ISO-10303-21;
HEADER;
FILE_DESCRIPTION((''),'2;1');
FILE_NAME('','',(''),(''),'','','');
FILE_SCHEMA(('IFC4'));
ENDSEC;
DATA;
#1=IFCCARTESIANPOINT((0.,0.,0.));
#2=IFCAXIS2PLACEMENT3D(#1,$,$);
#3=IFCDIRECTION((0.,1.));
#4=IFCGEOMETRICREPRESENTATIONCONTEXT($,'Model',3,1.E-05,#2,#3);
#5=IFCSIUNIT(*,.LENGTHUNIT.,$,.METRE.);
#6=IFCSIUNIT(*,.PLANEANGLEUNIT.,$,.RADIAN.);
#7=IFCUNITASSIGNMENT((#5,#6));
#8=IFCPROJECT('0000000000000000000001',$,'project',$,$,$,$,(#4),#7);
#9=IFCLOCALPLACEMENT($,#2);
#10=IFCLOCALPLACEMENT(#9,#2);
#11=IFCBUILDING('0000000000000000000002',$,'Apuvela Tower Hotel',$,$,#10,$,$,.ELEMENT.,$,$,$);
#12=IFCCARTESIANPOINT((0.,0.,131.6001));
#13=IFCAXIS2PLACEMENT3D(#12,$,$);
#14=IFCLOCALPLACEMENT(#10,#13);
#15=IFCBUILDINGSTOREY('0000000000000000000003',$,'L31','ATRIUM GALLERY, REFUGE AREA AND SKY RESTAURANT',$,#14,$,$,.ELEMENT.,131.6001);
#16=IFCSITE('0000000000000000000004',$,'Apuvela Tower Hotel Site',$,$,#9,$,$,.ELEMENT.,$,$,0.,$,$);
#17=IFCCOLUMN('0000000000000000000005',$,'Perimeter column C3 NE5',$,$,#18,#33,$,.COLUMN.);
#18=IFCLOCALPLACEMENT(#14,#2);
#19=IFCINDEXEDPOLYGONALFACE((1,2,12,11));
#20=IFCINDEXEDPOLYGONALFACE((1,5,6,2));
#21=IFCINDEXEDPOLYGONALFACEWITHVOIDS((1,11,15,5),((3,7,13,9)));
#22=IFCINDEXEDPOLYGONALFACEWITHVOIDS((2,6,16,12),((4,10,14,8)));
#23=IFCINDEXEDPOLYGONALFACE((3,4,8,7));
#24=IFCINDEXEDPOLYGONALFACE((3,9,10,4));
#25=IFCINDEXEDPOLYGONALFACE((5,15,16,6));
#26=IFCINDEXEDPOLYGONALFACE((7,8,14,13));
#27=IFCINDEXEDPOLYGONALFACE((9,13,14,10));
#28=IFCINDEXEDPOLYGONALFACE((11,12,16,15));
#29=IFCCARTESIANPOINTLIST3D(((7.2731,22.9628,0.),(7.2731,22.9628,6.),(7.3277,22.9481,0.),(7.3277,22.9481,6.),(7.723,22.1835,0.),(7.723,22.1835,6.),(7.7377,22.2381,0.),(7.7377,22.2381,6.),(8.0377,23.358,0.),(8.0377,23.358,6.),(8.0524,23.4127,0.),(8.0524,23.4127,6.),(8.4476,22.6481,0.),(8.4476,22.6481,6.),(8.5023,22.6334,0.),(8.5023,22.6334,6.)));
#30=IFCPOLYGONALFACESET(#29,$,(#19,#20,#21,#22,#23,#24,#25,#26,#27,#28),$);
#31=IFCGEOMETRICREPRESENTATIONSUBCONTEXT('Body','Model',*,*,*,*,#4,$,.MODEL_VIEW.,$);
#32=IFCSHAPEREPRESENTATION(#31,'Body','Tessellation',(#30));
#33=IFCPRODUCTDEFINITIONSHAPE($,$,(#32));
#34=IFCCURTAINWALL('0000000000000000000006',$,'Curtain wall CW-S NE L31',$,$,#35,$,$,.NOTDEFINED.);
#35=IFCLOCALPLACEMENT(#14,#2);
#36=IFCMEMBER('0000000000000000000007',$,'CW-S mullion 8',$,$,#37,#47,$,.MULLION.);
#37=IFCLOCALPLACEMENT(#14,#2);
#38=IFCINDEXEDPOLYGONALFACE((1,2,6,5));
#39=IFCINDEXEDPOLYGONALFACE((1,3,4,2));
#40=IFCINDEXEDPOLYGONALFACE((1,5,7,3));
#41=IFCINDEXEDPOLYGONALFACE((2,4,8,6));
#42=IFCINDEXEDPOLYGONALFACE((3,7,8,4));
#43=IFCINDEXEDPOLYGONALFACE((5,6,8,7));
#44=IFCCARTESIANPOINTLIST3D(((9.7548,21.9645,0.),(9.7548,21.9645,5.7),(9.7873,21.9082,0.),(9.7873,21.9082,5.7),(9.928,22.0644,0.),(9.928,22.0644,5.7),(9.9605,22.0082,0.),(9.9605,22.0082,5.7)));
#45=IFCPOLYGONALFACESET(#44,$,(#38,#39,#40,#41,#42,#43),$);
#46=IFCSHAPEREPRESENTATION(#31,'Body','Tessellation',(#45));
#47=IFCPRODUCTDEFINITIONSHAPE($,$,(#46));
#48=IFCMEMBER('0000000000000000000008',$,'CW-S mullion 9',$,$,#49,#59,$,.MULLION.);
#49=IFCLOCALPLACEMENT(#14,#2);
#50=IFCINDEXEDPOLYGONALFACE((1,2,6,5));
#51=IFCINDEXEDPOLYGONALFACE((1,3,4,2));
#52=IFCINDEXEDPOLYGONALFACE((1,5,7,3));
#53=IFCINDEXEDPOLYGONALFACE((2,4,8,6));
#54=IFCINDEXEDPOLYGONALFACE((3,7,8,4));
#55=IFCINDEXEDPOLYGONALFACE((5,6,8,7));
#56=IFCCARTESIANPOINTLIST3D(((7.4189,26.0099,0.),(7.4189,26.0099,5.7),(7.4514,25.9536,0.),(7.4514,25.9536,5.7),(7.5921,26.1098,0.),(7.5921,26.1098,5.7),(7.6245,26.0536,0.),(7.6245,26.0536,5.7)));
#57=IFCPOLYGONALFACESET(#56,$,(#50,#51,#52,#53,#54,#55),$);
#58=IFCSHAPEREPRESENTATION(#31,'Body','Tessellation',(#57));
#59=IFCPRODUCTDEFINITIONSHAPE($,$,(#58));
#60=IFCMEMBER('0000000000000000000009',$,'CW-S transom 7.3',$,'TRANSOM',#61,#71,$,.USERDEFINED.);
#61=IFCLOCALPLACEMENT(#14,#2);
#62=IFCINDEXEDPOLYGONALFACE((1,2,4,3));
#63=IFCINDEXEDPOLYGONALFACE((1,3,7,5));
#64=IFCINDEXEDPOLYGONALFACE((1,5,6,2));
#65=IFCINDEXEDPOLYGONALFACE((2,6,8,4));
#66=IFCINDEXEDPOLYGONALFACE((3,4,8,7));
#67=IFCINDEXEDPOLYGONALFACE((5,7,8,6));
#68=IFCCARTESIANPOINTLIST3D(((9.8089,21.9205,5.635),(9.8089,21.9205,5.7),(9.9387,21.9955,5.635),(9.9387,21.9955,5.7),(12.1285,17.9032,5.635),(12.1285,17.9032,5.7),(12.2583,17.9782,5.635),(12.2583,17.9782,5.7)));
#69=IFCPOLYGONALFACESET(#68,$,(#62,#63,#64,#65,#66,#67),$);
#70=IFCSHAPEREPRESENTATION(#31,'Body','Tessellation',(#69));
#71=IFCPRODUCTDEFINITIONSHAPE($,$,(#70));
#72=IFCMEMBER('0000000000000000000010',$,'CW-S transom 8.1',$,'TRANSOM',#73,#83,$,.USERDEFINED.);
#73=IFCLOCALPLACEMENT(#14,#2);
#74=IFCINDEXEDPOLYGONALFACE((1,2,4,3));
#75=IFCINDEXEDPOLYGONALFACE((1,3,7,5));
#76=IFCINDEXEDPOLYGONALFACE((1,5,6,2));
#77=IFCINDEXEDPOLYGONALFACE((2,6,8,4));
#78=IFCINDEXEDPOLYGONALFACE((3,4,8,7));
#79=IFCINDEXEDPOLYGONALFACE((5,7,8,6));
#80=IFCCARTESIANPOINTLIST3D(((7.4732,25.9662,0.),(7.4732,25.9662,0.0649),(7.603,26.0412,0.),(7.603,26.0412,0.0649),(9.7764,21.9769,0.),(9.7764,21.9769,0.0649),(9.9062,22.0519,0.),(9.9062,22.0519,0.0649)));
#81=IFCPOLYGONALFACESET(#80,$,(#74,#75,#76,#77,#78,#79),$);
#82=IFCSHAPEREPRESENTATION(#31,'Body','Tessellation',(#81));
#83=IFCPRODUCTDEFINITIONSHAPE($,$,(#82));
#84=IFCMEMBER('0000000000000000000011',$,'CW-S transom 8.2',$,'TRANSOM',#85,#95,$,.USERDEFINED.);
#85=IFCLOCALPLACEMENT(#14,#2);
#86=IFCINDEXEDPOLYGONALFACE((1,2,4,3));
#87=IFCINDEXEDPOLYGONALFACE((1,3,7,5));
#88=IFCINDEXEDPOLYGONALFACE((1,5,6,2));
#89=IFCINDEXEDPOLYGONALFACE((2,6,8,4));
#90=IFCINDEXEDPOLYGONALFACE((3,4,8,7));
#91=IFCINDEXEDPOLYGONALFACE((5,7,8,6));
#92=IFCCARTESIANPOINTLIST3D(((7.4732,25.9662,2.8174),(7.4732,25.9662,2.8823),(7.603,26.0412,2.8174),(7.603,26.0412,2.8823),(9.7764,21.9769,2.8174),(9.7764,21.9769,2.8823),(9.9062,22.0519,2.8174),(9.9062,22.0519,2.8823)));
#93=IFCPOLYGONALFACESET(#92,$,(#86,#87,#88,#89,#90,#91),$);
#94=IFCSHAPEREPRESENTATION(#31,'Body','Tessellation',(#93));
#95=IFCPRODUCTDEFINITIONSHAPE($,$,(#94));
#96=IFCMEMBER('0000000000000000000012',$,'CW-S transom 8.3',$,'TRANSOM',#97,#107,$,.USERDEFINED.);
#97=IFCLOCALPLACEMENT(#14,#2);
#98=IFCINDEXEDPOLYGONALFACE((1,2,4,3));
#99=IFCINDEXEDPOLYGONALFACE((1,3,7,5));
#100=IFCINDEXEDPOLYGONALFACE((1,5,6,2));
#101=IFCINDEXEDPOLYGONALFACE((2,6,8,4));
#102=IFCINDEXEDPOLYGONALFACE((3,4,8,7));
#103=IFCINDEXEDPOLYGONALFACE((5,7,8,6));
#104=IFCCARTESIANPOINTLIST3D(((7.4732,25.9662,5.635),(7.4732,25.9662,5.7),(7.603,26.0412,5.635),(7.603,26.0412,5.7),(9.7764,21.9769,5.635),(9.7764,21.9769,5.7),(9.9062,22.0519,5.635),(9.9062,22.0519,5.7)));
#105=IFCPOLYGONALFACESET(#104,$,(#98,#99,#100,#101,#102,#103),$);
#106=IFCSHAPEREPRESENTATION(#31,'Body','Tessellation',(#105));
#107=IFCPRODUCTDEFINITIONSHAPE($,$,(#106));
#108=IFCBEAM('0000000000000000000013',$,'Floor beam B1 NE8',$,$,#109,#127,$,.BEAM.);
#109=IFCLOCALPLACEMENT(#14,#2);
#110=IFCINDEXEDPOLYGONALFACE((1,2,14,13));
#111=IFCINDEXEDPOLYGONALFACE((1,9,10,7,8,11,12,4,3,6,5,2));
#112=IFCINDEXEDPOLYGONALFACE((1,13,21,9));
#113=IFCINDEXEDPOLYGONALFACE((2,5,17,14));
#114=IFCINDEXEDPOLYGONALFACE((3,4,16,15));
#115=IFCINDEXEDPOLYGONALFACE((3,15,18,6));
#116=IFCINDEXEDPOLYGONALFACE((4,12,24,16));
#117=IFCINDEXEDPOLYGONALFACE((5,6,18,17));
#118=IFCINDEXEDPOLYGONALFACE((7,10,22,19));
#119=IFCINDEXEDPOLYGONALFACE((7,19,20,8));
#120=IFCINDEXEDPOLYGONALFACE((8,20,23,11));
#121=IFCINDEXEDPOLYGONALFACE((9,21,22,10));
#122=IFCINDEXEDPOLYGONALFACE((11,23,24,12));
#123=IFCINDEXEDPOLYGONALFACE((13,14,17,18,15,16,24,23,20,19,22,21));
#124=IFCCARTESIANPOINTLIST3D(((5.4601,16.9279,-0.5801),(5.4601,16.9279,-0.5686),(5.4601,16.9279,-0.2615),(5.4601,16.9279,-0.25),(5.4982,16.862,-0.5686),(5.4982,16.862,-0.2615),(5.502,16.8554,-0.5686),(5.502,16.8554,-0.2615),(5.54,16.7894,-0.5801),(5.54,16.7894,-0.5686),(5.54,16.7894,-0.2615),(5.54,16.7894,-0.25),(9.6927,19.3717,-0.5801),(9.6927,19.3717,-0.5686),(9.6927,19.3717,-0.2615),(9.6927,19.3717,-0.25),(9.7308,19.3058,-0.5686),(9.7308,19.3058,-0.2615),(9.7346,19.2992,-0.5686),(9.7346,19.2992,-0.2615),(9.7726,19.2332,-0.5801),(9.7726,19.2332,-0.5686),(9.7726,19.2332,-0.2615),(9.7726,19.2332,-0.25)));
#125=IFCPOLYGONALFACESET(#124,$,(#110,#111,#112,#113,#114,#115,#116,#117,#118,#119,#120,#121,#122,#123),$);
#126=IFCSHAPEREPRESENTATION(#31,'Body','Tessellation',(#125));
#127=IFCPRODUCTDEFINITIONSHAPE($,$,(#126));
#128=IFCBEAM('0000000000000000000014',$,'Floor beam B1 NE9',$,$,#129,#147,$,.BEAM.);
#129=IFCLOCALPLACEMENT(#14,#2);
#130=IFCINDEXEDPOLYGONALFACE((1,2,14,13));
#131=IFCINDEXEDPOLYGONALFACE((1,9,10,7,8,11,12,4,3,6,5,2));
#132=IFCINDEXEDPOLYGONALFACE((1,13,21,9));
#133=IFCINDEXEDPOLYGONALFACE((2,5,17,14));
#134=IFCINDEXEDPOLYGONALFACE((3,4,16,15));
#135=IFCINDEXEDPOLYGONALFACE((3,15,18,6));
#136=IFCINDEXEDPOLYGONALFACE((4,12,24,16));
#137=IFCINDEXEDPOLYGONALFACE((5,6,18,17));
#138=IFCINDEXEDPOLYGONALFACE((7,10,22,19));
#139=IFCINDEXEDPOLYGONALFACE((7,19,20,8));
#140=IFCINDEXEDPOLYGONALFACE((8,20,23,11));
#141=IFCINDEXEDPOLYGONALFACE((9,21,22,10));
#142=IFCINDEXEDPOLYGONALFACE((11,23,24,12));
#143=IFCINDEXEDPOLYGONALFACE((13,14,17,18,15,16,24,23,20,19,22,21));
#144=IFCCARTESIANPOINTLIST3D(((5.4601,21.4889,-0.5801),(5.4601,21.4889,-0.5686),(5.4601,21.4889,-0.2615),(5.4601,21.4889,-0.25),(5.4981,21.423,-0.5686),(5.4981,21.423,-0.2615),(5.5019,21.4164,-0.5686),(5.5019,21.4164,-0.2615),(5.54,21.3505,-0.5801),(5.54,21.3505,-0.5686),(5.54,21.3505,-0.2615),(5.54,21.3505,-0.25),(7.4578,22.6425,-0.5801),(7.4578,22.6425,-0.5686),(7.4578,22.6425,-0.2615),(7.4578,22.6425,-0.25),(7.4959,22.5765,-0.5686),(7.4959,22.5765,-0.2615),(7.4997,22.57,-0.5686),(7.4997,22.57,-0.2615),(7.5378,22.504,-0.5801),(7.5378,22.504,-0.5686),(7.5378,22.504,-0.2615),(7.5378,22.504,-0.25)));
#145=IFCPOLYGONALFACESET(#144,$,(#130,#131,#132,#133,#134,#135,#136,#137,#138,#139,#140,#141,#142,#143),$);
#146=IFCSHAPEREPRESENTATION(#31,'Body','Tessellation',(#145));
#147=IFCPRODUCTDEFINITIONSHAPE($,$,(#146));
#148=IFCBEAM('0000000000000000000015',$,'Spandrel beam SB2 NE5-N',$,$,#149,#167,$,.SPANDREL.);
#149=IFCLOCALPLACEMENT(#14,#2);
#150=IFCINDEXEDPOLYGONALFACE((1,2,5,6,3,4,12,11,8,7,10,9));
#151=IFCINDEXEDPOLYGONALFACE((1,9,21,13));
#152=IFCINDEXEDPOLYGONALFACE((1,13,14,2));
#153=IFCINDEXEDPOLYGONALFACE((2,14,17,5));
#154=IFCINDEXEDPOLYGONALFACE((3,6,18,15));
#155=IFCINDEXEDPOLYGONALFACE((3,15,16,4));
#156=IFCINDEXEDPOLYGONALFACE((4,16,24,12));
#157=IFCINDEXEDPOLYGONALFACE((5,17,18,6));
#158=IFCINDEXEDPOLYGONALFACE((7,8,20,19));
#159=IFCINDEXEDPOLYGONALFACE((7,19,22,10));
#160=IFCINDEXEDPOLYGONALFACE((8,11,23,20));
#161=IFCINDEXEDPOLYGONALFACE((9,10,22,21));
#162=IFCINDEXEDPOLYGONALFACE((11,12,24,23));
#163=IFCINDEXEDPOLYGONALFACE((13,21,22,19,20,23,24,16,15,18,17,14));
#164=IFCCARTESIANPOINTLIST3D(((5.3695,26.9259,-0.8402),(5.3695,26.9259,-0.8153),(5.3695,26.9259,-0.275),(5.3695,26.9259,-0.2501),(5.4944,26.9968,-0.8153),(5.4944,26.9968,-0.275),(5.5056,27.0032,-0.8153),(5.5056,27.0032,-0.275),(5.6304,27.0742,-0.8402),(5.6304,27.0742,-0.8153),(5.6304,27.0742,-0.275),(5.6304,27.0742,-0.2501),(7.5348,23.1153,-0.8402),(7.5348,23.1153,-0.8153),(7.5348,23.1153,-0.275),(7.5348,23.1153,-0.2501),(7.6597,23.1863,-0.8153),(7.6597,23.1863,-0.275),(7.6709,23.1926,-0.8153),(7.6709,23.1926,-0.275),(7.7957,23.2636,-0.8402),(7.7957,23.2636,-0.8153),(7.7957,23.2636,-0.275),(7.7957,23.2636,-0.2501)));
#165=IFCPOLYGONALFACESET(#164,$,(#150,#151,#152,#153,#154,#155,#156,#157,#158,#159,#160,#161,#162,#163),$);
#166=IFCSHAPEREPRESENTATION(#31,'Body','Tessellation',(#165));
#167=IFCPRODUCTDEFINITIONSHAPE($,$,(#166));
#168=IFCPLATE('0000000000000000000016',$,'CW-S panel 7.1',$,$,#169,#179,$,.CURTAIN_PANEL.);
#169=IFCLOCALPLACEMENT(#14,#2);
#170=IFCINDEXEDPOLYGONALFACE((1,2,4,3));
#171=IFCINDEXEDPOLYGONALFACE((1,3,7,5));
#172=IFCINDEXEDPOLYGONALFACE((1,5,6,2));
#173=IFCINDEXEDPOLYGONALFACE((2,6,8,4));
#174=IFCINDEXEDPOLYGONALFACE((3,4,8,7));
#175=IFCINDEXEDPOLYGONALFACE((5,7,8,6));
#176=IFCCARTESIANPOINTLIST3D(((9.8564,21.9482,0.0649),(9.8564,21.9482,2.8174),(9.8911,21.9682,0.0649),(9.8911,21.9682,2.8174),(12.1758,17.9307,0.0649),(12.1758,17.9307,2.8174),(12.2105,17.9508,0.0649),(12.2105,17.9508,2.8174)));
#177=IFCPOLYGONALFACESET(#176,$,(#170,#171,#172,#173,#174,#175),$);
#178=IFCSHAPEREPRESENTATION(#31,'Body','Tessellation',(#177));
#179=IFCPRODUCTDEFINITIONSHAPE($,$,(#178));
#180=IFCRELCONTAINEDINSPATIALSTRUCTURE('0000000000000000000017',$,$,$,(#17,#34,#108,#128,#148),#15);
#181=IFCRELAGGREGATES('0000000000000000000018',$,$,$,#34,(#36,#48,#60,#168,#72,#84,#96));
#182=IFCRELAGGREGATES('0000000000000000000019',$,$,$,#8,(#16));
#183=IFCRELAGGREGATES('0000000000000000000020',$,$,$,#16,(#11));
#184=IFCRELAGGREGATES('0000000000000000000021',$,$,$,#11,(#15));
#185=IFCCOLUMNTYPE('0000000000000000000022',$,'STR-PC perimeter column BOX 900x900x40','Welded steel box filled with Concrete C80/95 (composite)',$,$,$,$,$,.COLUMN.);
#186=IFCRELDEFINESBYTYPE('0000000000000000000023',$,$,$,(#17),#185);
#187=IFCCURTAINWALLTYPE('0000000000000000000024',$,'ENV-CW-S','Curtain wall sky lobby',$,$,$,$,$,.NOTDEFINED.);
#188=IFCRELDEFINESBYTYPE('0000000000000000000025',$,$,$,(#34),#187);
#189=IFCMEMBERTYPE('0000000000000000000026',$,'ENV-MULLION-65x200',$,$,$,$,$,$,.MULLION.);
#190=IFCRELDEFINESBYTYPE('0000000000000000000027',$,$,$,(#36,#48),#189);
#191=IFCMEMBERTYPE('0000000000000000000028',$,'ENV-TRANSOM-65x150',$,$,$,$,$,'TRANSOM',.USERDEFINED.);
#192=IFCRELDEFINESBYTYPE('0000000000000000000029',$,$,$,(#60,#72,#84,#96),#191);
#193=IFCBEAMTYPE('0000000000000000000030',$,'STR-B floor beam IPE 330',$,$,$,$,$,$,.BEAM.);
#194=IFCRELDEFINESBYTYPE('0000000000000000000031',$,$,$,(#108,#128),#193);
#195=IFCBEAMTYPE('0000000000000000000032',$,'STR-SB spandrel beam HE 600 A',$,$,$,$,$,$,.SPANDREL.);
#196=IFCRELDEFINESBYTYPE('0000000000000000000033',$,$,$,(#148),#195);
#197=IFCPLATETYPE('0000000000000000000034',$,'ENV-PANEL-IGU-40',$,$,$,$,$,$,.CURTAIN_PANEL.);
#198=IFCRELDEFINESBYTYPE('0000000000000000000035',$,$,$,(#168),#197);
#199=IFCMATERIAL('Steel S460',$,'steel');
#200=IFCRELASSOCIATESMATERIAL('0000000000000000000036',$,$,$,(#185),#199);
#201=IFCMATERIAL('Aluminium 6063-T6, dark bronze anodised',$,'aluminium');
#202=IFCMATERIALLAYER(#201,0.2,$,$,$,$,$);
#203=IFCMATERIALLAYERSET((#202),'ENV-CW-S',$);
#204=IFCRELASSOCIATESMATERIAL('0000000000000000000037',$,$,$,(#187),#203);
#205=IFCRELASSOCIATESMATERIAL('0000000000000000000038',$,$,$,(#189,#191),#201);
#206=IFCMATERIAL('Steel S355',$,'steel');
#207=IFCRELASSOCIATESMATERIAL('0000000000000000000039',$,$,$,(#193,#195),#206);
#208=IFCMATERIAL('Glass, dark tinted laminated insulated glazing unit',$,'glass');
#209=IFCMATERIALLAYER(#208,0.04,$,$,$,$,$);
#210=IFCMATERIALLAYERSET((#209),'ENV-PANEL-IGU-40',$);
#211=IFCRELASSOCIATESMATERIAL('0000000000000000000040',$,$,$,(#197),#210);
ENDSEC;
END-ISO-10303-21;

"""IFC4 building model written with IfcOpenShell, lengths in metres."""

from ifc_helpers import new_model, si_unit, direction, frame, origin, origin_2d, place, context, subcontext, project, spatial, rectangle, hollow_rectangle, i_section, extrude, material, layer, layer_set, material_profile, profile_set, type_object, element, aggregate, save


model = new_model("IFC4")

# Units and contexts
model_context = context("Model", 3, precision=1e-05, world=origin(), true_north=direction((0.0, 1.0)))
body_context = subcontext(model_context, "Body", "Model", "MODEL_VIEW")
ifc_project = project(units=[si_unit("LENGTHUNIT", "METRE"), si_unit("PLANEANGLEUNIT", "RADIAN")], contexts=[model_context])

# Site, building, storey
site_placement = place(None, origin())
site = spatial("IfcSite", under=ifc_project, at=site_placement, Name="Apuvela Tower Hotel Site", CompositionType="ELEMENT", RefElevation=0.0)
building_placement = place(site_placement, origin())
building = spatial("IfcBuilding", under=site, at=building_placement, Name="Apuvela Tower Hotel", CompositionType="ELEMENT")
storey_placement = place(building_placement, frame((0.0, 0.0, 131.6001)))
storey = spatial("IfcBuildingStorey", under=building, at=storey_placement, Name="L31", Description="ATRIUM GALLERY, REFUGE AREA AND SKY RESTAURANT", CompositionType="ELEMENT", Elevation=131.6001)

# Column
ifc_material_1 = material(Name="Steel S460", Category="steel")
ifc_material_profile_1 = material_profile(ifc_material_1, hollow_rectangle(XDim=0.8999, YDim=0.8999, WallThickness=0.04, at=origin_2d()), Name="BOX 900x900x40")
ifc_material_2 = material(Name="Concrete C80/95", Category="concrete")
ifc_material_profile_2 = material_profile(ifc_material_2, rectangle(XDim=0.8201, YDim=0.8201, at=origin_2d()), Name="Concrete C80/95 infill")
ifc_profile_set_1 = profile_set([ifc_material_profile_1, ifc_material_profile_2], Name="Steel S460")
column_type = type_object("IfcColumnType", Name="STR-PC perimeter column BOX 900x900x40", Description="Welded steel box filled with Concrete C80/95 (composite)", PredefinedType="COLUMN", material=ifc_profile_set_1)
column_placement = place(storey_placement, frame((7.8877, 22.7981, 0.0), z_axis=(0.0, 0.0, 1.0), x_axis=(-0.5, 0.866025, 0.0)))
element("IfcColumn", 1, at=column_placement, inside=storey, type_object=column_type, Name="Perimeter column C3 NE5", PredefinedType="COLUMN", context=body_context, shape_type="SweptSolid", body=[
    extrude(hollow_rectangle(XDim=0.8999, YDim=0.8999, WallThickness=0.04, at=origin_2d()), origin(), (0.0, 0.0, 1.0), 6.0),
])

# Curtain wall, members
ifc_material_3 = material(Name="Aluminium 6063-T6, dark bronze anodised", Category="aluminium")
ifc_layer_1 = layer(ifc_material_3, 0.2)
ifc_layer_set_1 = layer_set([ifc_layer_1], Name="ENV-CW-S")
curtain_wall_type = type_object("IfcCurtainWallType", Name="ENV-CW-S", Description="Curtain wall sky lobby", PredefinedType="NOTDEFINED", material=ifc_layer_set_1)
curtain_wall_placement = place(storey_placement, origin())
curtain_wall = element("IfcCurtainWall", 2, at=curtain_wall_placement, inside=storey, type_object=curtain_wall_type, Name="Curtain wall CW-S NE L31", PredefinedType="NOTDEFINED")
ifc_material_profile_3 = material_profile(ifc_material_3, rectangle(XDim=0.2, YDim=0.0649, at=origin_2d()), Name="AL 65x200")
ifc_profile_set_2 = profile_set([ifc_material_profile_3], Name="Aluminium 6063-T6, dark bronze anodised")
member_type_1 = type_object("IfcMemberType", Name="ENV-MULLION-65x200", PredefinedType="MULLION", material=ifc_profile_set_2)
member_1_placement = place(storey_placement, frame((9.8577, 21.9863, 0.0), z_axis=(0.0, 0.0, 1.0), x_axis=(-0.866026, -0.499999, 0.0)))
member_1 = element("IfcMember", 3, at=member_1_placement, type_object=member_type_1, Name="CW-S mullion 8", PredefinedType="MULLION", context=body_context, shape_type="SweptSolid", body=[
    extrude(rectangle(XDim=0.2, YDim=0.0649, at=origin_2d()), origin(), (0.0, 0.0, 1.0), 5.7),
])
member_2_placement = place(storey_placement, frame((7.5217, 26.0317, 0.0), z_axis=(0.0, 0.0, 1.0), x_axis=(-0.866026, -0.499999, 0.0)))
member_2 = element("IfcMember", 4, at=member_2_placement, type_object=member_type_1, Name="CW-S mullion 9", PredefinedType="MULLION", context=body_context, shape_type="SweptSolid", body=[
    extrude(rectangle(XDim=0.2, YDim=0.0649, at=origin_2d()), origin(), (0.0, 0.0, 1.0), 5.7),
])
ifc_material_profile_4 = material_profile(ifc_material_3, rectangle(XDim=0.1499, YDim=0.0649, at=origin_2d()), Name="AL 65x150 transom")
ifc_profile_set_3 = profile_set([ifc_material_profile_4], Name="Aluminium 6063-T6, dark bronze anodised")
member_type_2 = type_object("IfcMemberType", Name="ENV-TRANSOM-65x150", ElementType="TRANSOM", PredefinedType="USERDEFINED", material=ifc_profile_set_3)
member_3_placement = place(storey_placement, frame((12.1934, 17.9407, 5.6675), z_axis=(-0.500028, 0.866009, 0.0), x_axis=(-0.866009, -0.500028, 0.0)))
member_3 = element("IfcMember", 5, at=member_3_placement, type_object=member_type_2, Name="CW-S transom 7.3", ObjectType="TRANSOM", PredefinedType="USERDEFINED", context=body_context, shape_type="SweptSolid", body=[
    extrude(rectangle(XDim=0.1499, YDim=0.0649, at=origin_2d()), origin(), (0.0, 0.0, 1.0), 4.6389),
])
member_4_placement = place(storey_placement, frame((9.8413, 22.0144, 0.0325), z_axis=(-0.500004, 0.866023, 0.0), x_axis=(-0.866023, -0.500004, 0.0)))
member_4 = element("IfcMember", 6, at=member_4_placement, type_object=member_type_2, Name="CW-S transom 8.1", ObjectType="TRANSOM", PredefinedType="USERDEFINED", context=body_context, shape_type="SweptSolid", body=[
    extrude(rectangle(XDim=0.1499, YDim=0.0649, at=origin_2d()), origin(), (0.0, 0.0, 1.0), 4.6064),
])
member_5_placement = place(storey_placement, frame((9.8413, 22.0144, 2.8499), z_axis=(-0.500004, 0.866023, 0.0), x_axis=(-0.866023, -0.500004, 0.0)))
member_5 = element("IfcMember", 7, at=member_5_placement, type_object=member_type_2, Name="CW-S transom 8.2", ObjectType="TRANSOM", PredefinedType="USERDEFINED", context=body_context, shape_type="SweptSolid", body=[
    extrude(rectangle(XDim=0.1499, YDim=0.0649, at=origin_2d()), origin(), (0.0, 0.0, 1.0), 4.6064),
])
member_6_placement = place(storey_placement, frame((9.8413, 22.0144, 5.6675), z_axis=(-0.500004, 0.866023, 0.0), x_axis=(-0.866023, -0.500004, 0.0)))
member_6 = element("IfcMember", 8, at=member_6_placement, type_object=member_type_2, Name="CW-S transom 8.3", ObjectType="TRANSOM", PredefinedType="USERDEFINED", context=body_context, shape_type="SweptSolid", body=[
    extrude(rectangle(XDim=0.1499, YDim=0.0649, at=origin_2d()), origin(), (0.0, 0.0, 1.0), 4.6064),
])

# Beams
ifc_material_4 = material(Name="Steel S355", Category="steel")
ifc_material_profile_5 = material_profile(ifc_material_4, i_section(OverallWidth=0.1599, OverallDepth=0.3301, WebThickness=0.0076, FlangeThickness=0.0115, at=origin_2d()), Name="IPE 330")
ifc_profile_set_4 = profile_set([ifc_material_profile_5], Name="Steel S355")
beam_type_1 = type_object("IfcBeamType", Name="STR-B floor beam IPE 330", PredefinedType="BEAM", material=ifc_profile_set_4)
beam_1_placement = place(storey_placement, frame((9.7327, 19.3025, -0.415), z_axis=(-0.866015, -0.500018, 0.0), x_axis=(0.500018, -0.866015, 0.0)))
element("IfcBeam", 9, at=beam_1_placement, inside=storey, type_object=beam_type_1, Name="Floor beam B1 NE8", PredefinedType="BEAM", context=body_context, shape_type="SweptSolid", body=[
    extrude(i_section(OverallWidth=0.1599, OverallDepth=0.3301, WebThickness=0.0076, FlangeThickness=0.0115, at=origin_2d()), origin(), (0.0, 0.0, 1.0), 4.8875),
])
beam_2_placement = place(storey_placement, frame((7.4978, 22.5732, -0.415), z_axis=(-0.866001, -0.500043, 0.0), x_axis=(0.500043, -0.866001, 0.0)))
element("IfcBeam", 10, at=beam_2_placement, inside=storey, type_object=beam_type_1, Name="Floor beam B1 NE9", PredefinedType="BEAM", context=body_context, shape_type="SweptSolid", body=[
    extrude(i_section(OverallWidth=0.1599, OverallDepth=0.3301, WebThickness=0.0076, FlangeThickness=0.0115, at=origin_2d()), origin(), (0.0, 0.0, 1.0), 2.3069),
])
ifc_material_profile_6 = material_profile(ifc_material_4, i_section(OverallWidth=0.3, OverallDepth=0.5901, WebThickness=0.0129, FlangeThickness=0.0249, at=origin_2d()), Name="HE 600 A")
ifc_profile_set_5 = profile_set([ifc_material_profile_6], Name="Steel S355")
beam_type_2 = type_object("IfcBeamType", Name="STR-SB spandrel beam HE 600 A", PredefinedType="SPANDREL", material=ifc_profile_set_5)
beam_3_placement = place(storey_placement, frame((7.6653, 23.1895, -0.5452), z_axis=(-0.494044, 0.869437, 0.0), x_axis=(-0.869437, -0.494044, 0.0)))
element("IfcBeam", 11, at=beam_3_placement, inside=storey, type_object=beam_type_2, Name="Spandrel beam SB2 NE5-N", PredefinedType="SPANDREL", context=body_context, shape_type="SweptSolid", body=[
    extrude(i_section(OverallWidth=0.3, OverallDepth=0.5901, WebThickness=0.0129, FlangeThickness=0.0249, at=origin_2d()), origin(), (0.0, 0.0, 1.0), 4.3828),
])

# Plate
ifc_material_5 = material(Name="Glass, dark tinted laminated insulated glazing unit", Category="glass")
ifc_layer_2 = layer(ifc_material_5, 0.04)
ifc_layer_set_2 = layer_set([ifc_layer_2], Name="ENV-PANEL-IGU-40")
plate_type = type_object("IfcPlateType", Name="ENV-PANEL-IGU-40", PredefinedType="CURTAIN_PANEL", material=ifc_layer_set_2)
plate_1_placement = place(storey_placement, frame((11.0334, 19.9495, 0.0649), z_axis=(0.0, 0.0, 1.0), x_axis=(-0.499999, 0.866026, 0.0)))
plate_1 = element("IfcPlate", 12, at=plate_1_placement, type_object=plate_type, Name="CW-S panel 7.1", PredefinedType="CURTAIN_PANEL", context=body_context, shape_type="SweptSolid", body=[
    extrude(rectangle(XDim=4.6389, YDim=0.04, at=origin_2d()), origin(), (0.0, 0.0, 1.0), 2.7524),
])
aggregate(curtain_wall, [member_1, member_2, member_3, plate_1, member_4, member_5, member_6])

save(model, "model.ifc")
